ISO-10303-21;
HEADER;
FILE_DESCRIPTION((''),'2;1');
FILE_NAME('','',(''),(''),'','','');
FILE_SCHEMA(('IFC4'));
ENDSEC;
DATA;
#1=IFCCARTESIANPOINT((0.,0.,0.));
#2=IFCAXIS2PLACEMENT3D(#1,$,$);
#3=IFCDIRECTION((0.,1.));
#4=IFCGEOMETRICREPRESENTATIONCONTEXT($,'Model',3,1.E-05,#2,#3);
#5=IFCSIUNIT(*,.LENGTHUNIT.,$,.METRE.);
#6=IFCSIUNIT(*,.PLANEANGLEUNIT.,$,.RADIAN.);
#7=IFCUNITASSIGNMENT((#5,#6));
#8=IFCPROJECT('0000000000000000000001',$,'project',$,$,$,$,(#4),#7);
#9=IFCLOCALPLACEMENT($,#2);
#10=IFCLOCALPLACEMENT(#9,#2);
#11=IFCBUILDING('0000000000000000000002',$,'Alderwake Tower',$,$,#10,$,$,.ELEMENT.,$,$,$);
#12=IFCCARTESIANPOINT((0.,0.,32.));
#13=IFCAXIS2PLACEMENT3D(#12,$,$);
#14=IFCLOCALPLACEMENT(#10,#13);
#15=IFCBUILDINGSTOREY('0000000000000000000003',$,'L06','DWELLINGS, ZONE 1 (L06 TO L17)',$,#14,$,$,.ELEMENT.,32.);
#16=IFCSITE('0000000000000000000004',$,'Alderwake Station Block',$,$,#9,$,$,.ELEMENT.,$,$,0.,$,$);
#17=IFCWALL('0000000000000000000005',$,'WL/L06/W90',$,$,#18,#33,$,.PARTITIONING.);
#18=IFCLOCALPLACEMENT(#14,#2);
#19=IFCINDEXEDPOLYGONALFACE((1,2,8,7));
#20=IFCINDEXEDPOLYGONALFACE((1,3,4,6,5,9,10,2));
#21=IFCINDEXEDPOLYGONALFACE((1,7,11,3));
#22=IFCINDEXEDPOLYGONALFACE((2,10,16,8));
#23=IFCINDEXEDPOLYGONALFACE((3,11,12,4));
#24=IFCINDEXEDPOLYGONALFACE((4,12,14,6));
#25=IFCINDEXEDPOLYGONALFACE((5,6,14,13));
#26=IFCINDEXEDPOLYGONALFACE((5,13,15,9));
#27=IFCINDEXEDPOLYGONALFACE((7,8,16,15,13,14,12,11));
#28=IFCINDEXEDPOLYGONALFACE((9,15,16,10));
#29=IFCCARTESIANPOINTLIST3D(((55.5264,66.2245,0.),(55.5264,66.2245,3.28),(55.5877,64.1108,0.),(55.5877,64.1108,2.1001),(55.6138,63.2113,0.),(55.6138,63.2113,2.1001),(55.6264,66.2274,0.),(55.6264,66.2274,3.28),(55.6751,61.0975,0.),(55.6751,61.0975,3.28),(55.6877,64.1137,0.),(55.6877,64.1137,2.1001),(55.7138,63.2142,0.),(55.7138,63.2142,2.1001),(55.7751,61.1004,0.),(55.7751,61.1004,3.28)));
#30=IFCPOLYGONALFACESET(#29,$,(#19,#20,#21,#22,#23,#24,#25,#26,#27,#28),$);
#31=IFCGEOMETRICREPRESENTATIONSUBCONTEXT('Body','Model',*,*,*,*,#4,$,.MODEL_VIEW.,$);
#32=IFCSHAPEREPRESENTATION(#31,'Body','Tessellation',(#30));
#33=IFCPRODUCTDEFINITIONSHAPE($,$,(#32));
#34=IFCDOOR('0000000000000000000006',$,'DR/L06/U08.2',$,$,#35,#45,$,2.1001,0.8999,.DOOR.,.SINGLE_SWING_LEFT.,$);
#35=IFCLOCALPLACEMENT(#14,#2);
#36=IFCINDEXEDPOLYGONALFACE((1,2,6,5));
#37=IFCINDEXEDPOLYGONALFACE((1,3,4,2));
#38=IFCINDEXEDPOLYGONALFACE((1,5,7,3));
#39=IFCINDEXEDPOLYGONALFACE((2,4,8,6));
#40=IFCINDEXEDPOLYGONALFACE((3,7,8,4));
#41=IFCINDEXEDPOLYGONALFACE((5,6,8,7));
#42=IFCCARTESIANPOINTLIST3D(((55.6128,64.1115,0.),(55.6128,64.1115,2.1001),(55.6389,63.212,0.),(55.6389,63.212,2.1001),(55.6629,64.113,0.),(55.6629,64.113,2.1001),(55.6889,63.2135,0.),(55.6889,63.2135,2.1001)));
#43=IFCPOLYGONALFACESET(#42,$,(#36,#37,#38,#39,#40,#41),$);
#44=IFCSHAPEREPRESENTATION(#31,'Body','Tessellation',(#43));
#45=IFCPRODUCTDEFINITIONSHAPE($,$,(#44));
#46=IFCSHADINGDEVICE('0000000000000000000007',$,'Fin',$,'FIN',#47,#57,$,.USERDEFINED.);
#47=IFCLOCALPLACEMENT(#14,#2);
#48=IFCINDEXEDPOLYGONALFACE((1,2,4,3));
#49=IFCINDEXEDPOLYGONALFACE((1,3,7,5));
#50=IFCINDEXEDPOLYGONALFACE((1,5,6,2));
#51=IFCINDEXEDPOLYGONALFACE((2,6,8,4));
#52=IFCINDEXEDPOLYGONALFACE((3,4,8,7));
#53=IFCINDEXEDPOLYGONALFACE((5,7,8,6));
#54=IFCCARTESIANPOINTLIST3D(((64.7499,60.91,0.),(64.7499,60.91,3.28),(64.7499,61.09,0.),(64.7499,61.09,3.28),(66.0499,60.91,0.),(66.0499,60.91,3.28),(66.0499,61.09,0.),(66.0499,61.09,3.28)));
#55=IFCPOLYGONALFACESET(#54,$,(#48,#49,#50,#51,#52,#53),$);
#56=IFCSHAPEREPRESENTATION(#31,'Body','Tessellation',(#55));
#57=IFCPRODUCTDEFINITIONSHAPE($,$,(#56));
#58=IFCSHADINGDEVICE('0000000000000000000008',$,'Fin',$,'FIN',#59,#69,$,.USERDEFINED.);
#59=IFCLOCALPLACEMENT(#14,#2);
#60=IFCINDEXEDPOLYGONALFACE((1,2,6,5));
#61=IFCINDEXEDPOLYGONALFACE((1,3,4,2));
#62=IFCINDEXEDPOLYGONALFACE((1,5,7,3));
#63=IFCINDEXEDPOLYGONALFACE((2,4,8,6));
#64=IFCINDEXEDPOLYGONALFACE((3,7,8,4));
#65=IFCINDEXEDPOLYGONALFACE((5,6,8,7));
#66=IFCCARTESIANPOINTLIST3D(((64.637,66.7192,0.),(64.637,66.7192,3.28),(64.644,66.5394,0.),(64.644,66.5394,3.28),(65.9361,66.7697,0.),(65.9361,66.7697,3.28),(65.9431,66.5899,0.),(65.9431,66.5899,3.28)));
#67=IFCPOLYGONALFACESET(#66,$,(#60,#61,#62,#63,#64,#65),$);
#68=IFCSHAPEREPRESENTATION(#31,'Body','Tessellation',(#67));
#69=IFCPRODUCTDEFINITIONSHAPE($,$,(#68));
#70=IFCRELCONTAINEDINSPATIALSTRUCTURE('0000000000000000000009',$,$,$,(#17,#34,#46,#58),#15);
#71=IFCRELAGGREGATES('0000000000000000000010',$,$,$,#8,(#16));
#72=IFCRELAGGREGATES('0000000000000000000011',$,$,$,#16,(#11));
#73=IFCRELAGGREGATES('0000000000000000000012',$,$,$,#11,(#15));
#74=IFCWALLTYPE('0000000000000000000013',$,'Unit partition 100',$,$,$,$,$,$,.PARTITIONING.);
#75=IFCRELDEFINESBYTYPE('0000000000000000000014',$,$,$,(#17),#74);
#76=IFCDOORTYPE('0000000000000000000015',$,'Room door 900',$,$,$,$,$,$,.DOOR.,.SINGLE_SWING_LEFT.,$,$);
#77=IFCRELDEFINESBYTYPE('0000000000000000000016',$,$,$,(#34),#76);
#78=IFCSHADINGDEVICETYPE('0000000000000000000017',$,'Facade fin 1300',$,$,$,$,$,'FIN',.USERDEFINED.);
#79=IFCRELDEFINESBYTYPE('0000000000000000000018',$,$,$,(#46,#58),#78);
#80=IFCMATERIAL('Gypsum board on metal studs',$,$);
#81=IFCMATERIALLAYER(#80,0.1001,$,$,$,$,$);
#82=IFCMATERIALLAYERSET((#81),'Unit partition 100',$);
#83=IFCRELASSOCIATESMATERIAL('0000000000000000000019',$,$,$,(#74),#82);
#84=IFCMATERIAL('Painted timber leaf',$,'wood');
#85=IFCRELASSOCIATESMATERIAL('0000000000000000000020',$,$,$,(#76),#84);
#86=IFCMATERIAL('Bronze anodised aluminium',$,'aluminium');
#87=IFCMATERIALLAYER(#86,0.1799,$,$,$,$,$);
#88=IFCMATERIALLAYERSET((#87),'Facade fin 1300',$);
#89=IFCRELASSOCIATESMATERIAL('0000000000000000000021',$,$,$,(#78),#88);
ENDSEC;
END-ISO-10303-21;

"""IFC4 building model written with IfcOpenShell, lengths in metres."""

from ifc_helpers import new_model, si_unit, direction, frame, frame_2d, origin, origin_2d, place, context, subcontext, project, spatial, rectangle, extrude, material, layer, layer_set, type_object, element, fill, save


model = new_model("IFC4")

# Units and contexts
model_context = context("Model", 3, precision=1e-05, world=origin(), true_north=direction((0.0, 1.0)))
body_context = subcontext(model_context, "Body", "Model", "MODEL_VIEW")
ifc_project = project(units=[si_unit("LENGTHUNIT", "METRE"), si_unit("PLANEANGLEUNIT", "RADIAN")], contexts=[model_context])

# Site, building, storey
site_placement = place(None, origin())
site = spatial("IfcSite", under=ifc_project, at=site_placement, Name="Alderwake Station Block", CompositionType="ELEMENT", RefElevation=0.0)
building_placement = place(site_placement, origin())
building = spatial("IfcBuilding", under=site, at=building_placement, Name="Alderwake Tower", CompositionType="ELEMENT")
storey_placement = place(building_placement, frame((0.0, 0.0, 32.0)))
storey = spatial("IfcBuildingStorey", under=building, at=storey_placement, Name="L06", Description="DWELLINGS, ZONE 1 (L06 TO L17)", CompositionType="ELEMENT", Elevation=32.0)

# Shared definitions
ifc_material_1 = material(Name="Gypsum board on metal studs")
ifc_layer_1 = layer(ifc_material_1, 0.1001)
ifc_layer_set_1 = layer_set([ifc_layer_1], Name="Unit partition 100")
wall_type_1 = type_object("IfcWallType", Name="Unit partition 100", PredefinedType="PARTITIONING", material=ifc_layer_set_1)
ifc_material_2 = material(Name="Painted timber leaf", Category="wood")
door_type_1 = type_object("IfcDoorType", Name="Room door 900", OperationType="SINGLE_SWING_LEFT", PredefinedType="DOOR", material=ifc_material_2)

# Wall, opening, door
wall_1_placement = place(storey_placement, frame((55.7251, 61.0991, 0.0), z_axis=(0.0, 0.0, 1.0), x_axis=(-0.028988, 0.99958, 0.0)))
wall_1 = element("IfcWall", 1, at=wall_1_placement, inside=storey, type_object=wall_type_1, Name="WL/L06/W90", PredefinedType="PARTITIONING", context=body_context, shape_type="SweptSolid", body=[
    extrude(rectangle(XDim=5.1292, YDim=0.1001, at=frame_2d((2.5645, 0.0))), origin(), (0.0, 0.0, 1.0), 3.28),
])
opening_1_placement = place(wall_1_placement, frame((2.1145, 0.0, 0.0)))
opening_1 = element("IfcOpeningElement", 2, at=opening_1_placement, cuts=wall_1, PredefinedType="OPENING", context=body_context, shape_type="SweptSolid", body=[
    extrude(rectangle(XDim=0.8999, YDim=2.1001, at=frame_2d((0.45, 1.05))), frame((0.0, 0.0601, 0.0), z_axis=(0.0, -1.0, 0.0), x_axis=(1.0, 0.0, 0.0)), (0.0, 0.0, 1.0), 0.1201),
])
door_1_placement = place(opening_1_placement, origin())
door_1 = element("IfcDoor", 3, at=door_1_placement, inside=storey, type_object=door_type_1, Name="DR/L06/U08.2", OperationType="SINGLE_SWING_LEFT", OverallHeight=2.1001, OverallWidth=0.8999, PredefinedType="DOOR", context=body_context, shape_type="SweptSolid", body=[
    extrude(rectangle(XDim=0.8999, YDim=2.1001, at=frame_2d((0.45, 1.05))), frame((0.0, 0.0249, 0.0), z_axis=(0.0, -1.0, 0.0), x_axis=(1.0, 0.0, 0.0)), (0.0, 0.0, 1.0), 0.05),
])
fill(opening_1, door_1)

# Shading devices
ifc_material_3 = material(Name="Bronze anodised aluminium", Category="aluminium")
ifc_layer_2 = layer(ifc_material_3, 0.1799)
ifc_layer_set_2 = layer_set([ifc_layer_2], Name="Facade fin 1300")
shading_device_type = type_object("IfcShadingDeviceType", Name="Facade fin 1300", ElementType="FIN", PredefinedType="USERDEFINED", material=ifc_layer_set_2)
for number, where, z_axis, x_axis, name in (
    (4, (65.3999, 61.0, 0.0), (0.0, 0.0, 1.0), (1.0, 0.0, 0.0), "Fin"),
    (5, (65.29, 66.6545, 0.0), (0.0, 0.0, 1.0), (0.999243, 0.03889, 0.0), "Fin"),
):
    element("IfcShadingDevice", number, at=place(storey_placement, frame(where, z_axis=z_axis, x_axis=x_axis)), inside=storey, type_object=shading_device_type, Name=name, ObjectType="FIN", PredefinedType="USERDEFINED", context=body_context, shape_type="SweptSolid", body=[
        extrude(rectangle(XDim=1.3, YDim=0.1799, at=origin_2d()), origin(), (0.0, 0.0, 1.0), 3.28),
    ])

save(model, "model.ifc")
